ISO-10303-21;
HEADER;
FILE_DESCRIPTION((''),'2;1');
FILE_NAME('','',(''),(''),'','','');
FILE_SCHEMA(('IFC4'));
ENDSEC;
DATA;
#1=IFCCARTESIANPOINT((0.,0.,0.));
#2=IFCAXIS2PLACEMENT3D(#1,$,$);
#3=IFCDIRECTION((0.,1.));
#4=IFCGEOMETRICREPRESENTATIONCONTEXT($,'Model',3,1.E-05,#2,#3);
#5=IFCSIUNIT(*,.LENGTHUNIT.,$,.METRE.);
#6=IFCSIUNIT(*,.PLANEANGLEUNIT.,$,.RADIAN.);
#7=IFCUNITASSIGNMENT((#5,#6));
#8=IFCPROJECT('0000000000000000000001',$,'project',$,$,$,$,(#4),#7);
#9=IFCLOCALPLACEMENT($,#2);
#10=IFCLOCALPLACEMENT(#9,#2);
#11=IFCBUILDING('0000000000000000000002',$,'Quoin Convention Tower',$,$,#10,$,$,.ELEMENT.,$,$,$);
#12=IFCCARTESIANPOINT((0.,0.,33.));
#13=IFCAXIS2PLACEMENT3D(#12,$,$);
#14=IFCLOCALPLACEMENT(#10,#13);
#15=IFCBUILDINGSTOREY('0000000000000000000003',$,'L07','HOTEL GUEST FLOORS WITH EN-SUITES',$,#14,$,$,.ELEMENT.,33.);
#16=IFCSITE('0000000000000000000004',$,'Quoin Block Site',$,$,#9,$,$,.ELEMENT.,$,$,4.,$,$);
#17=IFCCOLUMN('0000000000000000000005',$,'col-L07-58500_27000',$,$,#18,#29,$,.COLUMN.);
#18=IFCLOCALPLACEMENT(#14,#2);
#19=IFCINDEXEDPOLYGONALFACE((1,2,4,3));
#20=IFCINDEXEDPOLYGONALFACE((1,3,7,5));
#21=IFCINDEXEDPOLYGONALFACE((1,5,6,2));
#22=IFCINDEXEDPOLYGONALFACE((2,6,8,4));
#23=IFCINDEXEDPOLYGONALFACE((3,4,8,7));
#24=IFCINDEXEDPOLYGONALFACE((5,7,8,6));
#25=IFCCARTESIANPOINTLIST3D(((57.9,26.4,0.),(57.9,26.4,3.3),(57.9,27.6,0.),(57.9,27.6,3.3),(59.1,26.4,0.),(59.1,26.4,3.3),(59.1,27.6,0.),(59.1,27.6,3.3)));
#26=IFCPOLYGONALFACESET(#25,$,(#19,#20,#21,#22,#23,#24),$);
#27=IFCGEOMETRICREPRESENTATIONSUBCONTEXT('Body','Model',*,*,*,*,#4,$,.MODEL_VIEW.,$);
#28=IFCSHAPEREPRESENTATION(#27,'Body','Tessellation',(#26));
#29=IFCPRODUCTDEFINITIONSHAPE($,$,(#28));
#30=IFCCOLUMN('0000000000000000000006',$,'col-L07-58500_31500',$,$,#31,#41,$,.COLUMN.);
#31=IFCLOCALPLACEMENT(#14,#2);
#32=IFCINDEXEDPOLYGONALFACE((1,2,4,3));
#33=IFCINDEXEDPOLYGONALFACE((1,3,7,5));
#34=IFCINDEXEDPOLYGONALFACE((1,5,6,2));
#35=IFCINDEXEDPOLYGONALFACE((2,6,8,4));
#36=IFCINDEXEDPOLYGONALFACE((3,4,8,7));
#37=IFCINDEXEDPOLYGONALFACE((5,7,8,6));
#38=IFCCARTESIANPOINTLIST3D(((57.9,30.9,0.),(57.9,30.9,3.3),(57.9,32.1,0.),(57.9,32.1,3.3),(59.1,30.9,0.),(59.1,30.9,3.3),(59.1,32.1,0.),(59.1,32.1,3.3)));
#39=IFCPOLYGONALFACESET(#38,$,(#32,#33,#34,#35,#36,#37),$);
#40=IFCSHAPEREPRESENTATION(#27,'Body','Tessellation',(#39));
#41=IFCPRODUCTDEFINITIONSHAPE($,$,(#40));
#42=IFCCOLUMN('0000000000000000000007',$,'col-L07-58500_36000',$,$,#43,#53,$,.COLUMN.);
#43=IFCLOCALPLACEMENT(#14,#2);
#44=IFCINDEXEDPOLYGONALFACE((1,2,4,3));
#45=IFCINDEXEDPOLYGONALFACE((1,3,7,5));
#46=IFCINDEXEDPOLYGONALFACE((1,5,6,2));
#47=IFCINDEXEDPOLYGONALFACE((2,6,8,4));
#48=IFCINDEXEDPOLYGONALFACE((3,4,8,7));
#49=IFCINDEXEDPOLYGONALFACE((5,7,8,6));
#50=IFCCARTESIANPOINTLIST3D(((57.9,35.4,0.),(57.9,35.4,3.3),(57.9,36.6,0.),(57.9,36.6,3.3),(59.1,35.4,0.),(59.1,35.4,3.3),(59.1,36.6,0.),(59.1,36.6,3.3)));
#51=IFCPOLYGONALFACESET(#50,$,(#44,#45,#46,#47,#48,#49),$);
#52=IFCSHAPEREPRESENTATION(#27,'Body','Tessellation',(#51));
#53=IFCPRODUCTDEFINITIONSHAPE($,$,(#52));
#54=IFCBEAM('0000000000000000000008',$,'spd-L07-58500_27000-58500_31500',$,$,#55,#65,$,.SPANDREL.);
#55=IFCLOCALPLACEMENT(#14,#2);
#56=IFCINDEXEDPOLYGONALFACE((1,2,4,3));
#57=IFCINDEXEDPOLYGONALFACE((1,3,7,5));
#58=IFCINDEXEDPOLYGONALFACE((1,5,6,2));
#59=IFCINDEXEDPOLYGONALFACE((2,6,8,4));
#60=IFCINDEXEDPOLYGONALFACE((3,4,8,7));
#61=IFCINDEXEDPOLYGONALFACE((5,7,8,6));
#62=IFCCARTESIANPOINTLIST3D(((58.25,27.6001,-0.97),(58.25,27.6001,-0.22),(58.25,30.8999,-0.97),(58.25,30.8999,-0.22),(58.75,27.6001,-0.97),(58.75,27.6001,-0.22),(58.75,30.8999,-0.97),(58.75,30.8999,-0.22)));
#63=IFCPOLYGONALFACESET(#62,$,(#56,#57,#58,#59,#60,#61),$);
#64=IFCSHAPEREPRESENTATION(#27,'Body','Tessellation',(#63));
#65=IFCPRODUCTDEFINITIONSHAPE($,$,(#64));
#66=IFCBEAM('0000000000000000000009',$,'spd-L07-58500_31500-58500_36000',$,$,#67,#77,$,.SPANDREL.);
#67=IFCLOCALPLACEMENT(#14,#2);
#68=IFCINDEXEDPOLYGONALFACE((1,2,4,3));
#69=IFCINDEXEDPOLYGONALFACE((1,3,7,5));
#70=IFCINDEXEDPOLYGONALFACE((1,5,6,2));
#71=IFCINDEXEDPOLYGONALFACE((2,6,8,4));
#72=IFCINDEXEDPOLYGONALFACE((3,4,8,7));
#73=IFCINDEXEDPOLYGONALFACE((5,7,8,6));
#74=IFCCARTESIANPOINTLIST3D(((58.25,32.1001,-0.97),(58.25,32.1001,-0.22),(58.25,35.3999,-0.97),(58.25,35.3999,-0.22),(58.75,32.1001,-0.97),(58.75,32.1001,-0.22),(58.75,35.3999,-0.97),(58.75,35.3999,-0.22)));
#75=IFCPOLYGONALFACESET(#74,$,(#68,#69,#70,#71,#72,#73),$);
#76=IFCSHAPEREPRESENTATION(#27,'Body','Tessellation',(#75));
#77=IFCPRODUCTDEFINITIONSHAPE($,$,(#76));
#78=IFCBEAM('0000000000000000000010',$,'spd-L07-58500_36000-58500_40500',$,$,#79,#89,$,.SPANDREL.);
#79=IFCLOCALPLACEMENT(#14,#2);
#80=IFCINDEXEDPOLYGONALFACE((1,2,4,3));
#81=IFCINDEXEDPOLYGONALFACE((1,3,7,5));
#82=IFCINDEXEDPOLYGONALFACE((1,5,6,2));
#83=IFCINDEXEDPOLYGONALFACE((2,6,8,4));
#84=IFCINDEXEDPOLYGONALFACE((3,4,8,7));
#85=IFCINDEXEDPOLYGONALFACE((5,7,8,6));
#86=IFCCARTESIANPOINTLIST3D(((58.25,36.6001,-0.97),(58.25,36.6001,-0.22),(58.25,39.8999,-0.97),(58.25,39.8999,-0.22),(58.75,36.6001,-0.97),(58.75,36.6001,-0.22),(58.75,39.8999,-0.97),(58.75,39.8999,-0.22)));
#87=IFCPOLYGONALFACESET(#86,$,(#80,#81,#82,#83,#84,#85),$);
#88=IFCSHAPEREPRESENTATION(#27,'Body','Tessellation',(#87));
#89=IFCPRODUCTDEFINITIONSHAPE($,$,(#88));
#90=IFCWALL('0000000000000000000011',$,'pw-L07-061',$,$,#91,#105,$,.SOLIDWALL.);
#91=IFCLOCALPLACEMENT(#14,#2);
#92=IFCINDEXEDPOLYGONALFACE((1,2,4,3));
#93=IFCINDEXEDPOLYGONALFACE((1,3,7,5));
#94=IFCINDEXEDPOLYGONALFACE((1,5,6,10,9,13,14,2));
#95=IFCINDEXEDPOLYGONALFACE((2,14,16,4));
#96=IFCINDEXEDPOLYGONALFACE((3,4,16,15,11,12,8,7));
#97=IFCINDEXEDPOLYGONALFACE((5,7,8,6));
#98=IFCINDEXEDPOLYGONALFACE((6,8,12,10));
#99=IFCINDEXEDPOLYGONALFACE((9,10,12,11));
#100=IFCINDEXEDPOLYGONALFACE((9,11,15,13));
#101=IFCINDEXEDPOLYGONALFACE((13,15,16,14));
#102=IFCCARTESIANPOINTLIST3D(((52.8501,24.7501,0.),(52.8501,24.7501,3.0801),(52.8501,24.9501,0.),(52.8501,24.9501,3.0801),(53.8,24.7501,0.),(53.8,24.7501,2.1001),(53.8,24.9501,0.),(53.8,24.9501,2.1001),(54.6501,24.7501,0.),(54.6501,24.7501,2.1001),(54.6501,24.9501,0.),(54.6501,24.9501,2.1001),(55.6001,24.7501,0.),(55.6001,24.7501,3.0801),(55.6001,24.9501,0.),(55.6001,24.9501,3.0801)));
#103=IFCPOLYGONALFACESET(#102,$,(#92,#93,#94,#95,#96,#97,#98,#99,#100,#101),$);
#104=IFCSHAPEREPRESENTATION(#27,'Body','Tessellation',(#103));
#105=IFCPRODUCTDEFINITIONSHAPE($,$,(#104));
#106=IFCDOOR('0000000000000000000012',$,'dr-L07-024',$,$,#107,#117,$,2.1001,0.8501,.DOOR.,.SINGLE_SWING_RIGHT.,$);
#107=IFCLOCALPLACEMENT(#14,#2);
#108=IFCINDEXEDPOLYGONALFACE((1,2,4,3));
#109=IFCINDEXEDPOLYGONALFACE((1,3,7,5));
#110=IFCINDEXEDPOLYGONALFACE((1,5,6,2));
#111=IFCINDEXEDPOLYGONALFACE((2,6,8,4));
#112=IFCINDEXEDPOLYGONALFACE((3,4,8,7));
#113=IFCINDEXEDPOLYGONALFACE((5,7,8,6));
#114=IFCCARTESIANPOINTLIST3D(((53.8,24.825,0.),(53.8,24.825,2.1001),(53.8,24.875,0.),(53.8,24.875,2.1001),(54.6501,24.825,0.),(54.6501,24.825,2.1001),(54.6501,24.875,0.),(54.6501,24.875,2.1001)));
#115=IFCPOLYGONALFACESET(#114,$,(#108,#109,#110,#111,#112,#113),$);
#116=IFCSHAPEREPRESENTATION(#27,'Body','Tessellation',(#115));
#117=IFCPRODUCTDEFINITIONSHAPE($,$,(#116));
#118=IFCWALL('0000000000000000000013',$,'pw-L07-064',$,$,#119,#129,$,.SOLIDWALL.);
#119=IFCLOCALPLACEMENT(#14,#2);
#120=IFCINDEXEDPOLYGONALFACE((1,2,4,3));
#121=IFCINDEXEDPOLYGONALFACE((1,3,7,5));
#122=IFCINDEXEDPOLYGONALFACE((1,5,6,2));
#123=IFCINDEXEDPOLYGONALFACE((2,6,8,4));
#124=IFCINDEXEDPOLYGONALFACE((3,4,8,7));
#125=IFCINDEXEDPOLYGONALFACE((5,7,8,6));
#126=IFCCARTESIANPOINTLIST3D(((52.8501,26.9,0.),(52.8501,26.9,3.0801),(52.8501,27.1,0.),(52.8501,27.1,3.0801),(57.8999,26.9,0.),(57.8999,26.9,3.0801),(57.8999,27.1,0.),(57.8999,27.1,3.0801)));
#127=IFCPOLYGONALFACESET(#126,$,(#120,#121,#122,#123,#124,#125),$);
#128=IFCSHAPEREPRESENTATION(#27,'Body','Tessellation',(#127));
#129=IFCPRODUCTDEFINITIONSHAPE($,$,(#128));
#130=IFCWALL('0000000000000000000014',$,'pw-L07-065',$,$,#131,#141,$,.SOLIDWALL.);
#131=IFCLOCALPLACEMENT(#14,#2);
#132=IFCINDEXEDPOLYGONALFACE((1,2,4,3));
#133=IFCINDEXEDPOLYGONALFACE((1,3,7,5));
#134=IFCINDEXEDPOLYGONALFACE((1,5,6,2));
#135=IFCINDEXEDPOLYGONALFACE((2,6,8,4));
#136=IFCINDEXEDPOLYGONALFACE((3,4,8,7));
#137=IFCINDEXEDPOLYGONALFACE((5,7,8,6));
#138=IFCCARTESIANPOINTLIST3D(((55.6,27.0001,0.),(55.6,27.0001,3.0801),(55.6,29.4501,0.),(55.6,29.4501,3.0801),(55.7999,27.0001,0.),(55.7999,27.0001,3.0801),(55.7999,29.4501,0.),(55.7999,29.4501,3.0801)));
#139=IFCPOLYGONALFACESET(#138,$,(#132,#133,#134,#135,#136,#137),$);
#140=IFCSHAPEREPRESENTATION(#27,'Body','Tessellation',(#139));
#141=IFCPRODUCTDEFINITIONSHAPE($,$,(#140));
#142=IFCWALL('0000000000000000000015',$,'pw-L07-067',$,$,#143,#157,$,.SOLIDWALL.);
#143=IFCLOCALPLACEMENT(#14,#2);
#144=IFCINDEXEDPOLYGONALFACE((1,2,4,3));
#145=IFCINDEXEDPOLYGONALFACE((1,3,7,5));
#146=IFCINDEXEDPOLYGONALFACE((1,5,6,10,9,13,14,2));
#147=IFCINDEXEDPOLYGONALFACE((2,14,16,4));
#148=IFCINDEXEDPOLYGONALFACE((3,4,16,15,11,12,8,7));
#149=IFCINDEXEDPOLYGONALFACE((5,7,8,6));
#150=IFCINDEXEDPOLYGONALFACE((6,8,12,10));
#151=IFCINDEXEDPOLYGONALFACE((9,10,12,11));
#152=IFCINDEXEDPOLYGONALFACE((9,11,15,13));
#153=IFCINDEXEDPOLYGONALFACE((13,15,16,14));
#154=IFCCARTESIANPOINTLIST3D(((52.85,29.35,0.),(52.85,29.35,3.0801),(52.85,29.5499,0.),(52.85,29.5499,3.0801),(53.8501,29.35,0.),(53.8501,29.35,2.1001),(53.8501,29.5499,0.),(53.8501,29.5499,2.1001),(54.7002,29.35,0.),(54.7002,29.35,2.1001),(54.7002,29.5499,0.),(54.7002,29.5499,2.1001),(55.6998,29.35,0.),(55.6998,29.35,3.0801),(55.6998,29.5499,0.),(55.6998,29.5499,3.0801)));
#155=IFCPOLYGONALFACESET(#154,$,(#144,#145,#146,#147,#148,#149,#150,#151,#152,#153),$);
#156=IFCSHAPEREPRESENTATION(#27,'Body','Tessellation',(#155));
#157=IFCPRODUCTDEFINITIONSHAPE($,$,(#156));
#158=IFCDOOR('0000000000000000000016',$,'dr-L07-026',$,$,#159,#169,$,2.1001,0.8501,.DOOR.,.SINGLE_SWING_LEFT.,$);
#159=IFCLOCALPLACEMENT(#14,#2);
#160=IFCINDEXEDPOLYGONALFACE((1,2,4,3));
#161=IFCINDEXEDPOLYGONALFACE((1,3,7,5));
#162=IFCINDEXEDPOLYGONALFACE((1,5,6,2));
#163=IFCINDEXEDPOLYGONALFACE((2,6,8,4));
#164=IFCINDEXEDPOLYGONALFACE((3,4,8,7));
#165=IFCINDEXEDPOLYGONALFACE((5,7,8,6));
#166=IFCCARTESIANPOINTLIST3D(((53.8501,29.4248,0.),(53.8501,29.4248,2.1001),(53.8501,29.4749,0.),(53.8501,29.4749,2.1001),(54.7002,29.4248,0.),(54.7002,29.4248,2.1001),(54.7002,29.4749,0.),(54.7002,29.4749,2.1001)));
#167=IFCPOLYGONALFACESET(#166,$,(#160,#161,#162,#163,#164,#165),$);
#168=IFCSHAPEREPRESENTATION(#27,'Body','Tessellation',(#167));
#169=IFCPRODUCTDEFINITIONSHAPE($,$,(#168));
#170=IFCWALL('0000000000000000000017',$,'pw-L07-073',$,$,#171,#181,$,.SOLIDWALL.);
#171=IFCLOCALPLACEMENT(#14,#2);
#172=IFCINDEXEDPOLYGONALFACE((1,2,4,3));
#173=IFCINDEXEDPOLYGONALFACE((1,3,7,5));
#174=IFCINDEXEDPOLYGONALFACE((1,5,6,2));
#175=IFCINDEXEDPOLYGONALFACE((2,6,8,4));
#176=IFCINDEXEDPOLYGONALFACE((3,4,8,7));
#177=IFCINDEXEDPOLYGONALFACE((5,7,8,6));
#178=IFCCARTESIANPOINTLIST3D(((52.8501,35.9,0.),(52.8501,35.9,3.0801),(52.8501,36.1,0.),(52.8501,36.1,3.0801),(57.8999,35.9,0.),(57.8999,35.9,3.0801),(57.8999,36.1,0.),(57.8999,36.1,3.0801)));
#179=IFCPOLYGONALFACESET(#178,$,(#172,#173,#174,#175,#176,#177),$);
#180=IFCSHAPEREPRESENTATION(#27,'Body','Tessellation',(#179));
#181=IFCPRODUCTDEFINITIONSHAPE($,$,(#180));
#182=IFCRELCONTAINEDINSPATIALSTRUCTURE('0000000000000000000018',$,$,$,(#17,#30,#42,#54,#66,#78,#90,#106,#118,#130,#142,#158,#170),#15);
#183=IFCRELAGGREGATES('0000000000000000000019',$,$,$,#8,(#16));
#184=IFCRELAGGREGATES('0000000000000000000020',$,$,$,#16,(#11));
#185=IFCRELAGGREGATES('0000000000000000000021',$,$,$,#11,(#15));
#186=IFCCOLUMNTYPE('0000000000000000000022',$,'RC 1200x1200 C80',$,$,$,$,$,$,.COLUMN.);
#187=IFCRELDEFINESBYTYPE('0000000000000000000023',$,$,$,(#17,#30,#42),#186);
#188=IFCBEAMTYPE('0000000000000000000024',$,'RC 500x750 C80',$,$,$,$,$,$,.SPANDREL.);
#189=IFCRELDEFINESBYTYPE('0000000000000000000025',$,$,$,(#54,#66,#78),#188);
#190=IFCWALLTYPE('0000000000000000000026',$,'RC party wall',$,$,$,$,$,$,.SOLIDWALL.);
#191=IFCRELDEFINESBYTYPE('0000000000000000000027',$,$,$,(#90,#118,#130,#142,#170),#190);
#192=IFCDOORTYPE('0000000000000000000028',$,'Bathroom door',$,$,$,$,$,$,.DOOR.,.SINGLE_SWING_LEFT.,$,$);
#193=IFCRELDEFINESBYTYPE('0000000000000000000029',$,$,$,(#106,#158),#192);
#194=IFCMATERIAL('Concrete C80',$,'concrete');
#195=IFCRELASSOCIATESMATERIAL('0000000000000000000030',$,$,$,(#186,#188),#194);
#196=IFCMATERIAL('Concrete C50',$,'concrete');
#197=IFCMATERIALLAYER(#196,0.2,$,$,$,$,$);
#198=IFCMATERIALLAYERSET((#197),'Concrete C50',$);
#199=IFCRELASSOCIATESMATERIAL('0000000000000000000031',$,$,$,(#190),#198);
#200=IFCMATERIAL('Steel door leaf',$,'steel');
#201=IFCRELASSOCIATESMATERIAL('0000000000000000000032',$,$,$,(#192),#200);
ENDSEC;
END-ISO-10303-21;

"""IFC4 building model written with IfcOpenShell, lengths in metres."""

from ifc_helpers import new_model, si_unit, direction, frame, frame_2d, origin, origin_2d, place, context, subcontext, project, spatial, rectangle, extrude, material, layer, layer_set, material_profile, profile_set, type_object, element, fill, save


model = new_model("IFC4")

# Units and contexts
model_context = context("Model", 3, precision=1e-05, world=origin(), true_north=direction((0.0, 1.0)))
body_context = subcontext(model_context, "Body", "Model", "MODEL_VIEW")
ifc_project = project(units=[si_unit("LENGTHUNIT", "METRE"), si_unit("PLANEANGLEUNIT", "RADIAN")], contexts=[model_context])

# Site, building, storey
site_placement = place(None, origin())
site = spatial("IfcSite", under=ifc_project, at=site_placement, Name="Quoin Block Site", CompositionType="ELEMENT", RefElevation=4.0)
building_placement = place(site_placement, origin())
building = spatial("IfcBuilding", under=site, at=building_placement, Name="Quoin Convention Tower", CompositionType="ELEMENT")
storey_placement = place(building_placement, frame((0.0, 0.0, 33.0)))
storey = spatial("IfcBuildingStorey", under=building, at=storey_placement, Name="L07", Description="HOTEL GUEST FLOORS WITH EN-SUITES", CompositionType="ELEMENT", Elevation=33.0)

# Columns
ifc_material_1 = material(Name="Concrete C80", Category="concrete")
ifc_material_profile_1 = material_profile(ifc_material_1, rectangle(XDim=1.2, YDim=1.2, at=origin_2d()), Name="RC 1200x1200")
ifc_profile_set_1 = profile_set([ifc_material_profile_1], Name="Concrete C80")
column_type = type_object("IfcColumnType", Name="RC 1200x1200 C80", PredefinedType="COLUMN", material=ifc_profile_set_1)
for number, where, z_axis, x_axis, name in (
    (1, (58.5, 27.0, 0.0), (0.0, 0.0, 1.0), (1.0, 0.0, 0.0), "col-L07-58500_27000"),
    (2, (58.5, 31.5, 0.0), (0.0, 0.0, 1.0), (1.0, 0.0, 0.0), "col-L07-58500_31500"),
    (3, (58.5, 36.0, 0.0), (0.0, 0.0, 1.0), (1.0, 0.0, 0.0), "col-L07-58500_36000"),
):
    element("IfcColumn", number, at=place(storey_placement, frame(where, z_axis=z_axis, x_axis=x_axis)), inside=storey, type_object=column_type, Name=name, PredefinedType="COLUMN", context=body_context, shape_type="SweptSolid", body=[
        extrude(rectangle(XDim=1.2, YDim=1.2, at=origin_2d()), origin(), (0.0, 0.0, 1.0), 3.3),
    ])

# Beams
ifc_material_profile_2 = material_profile(ifc_material_1, rectangle(XDim=0.5, YDim=0.75, at=origin_2d()), Name="RC 500x750")
ifc_profile_set_2 = profile_set([ifc_material_profile_2], Name="Concrete C80")
beam_type = type_object("IfcBeamType", Name="RC 500x750 C80", PredefinedType="SPANDREL", material=ifc_profile_set_2)
for number, where, z_axis, x_axis, name in (
    (4, (58.5, 27.6001, -0.595), (0.0, 1.0, 0.0), (-1.0, 0.0, 0.0), "spd-L07-58500_27000-58500_31500"),
    (5, (58.5, 32.1001, -0.595), (0.0, 1.0, 0.0), (-1.0, 0.0, 0.0), "spd-L07-58500_31500-58500_36000"),
    (6, (58.5, 36.6001, -0.595), (0.0, 1.0, 0.0), (-1.0, 0.0, 0.0), "spd-L07-58500_36000-58500_40500"),
):
    element("IfcBeam", number, at=place(storey_placement, frame(where, z_axis=z_axis, x_axis=x_axis)), inside=storey, type_object=beam_type, Name=name, PredefinedType="SPANDREL", context=body_context, shape_type="SweptSolid", body=[
        extrude(rectangle(XDim=0.5, YDim=0.75, at=origin_2d()), origin(), (0.0, 0.0, 1.0), 3.2998),
    ])

# Wall, opening, door
ifc_material_2 = material(Name="Concrete C50", Category="concrete")
ifc_layer_1 = layer(ifc_material_2, 0.2)
ifc_layer_set_1 = layer_set([ifc_layer_1], Name="Concrete C50")
wall_type_1 = type_object("IfcWallType", Name="RC party wall", PredefinedType="SOLIDWALL", material=ifc_layer_set_1)
wall_1_placement = place(storey_placement, frame((52.8501, 24.8501, 0.0), z_axis=(0.0, 0.0, 1.0), x_axis=(1.0, 0.0, 0.0)))
wall_1 = element("IfcWall", 7, at=wall_1_placement, inside=storey, type_object=wall_type_1, Name="pw-L07-061", PredefinedType="SOLIDWALL", context=body_context, shape_type="SweptSolid", body=[
    extrude(rectangle(XDim=2.75, YDim=0.2, at=frame_2d((1.375, 0.0))), origin(), (0.0, 0.0, 1.0), 3.0801),
])
opening_1_placement = place(wall_1_placement, frame((0.95, 0.0, 0.0)))
opening_1 = element("IfcOpeningElement", 8, at=opening_1_placement, cuts=wall_1, PredefinedType="OPENING", context=body_context, shape_type="SweptSolid", body=[
    extrude(rectangle(XDim=0.8501, YDim=2.1001, at=frame_2d((0.425, 1.05))), frame((0.0, 0.1099, 0.0), z_axis=(0.0, -1.0, 0.0), x_axis=(1.0, 0.0, 0.0)), (0.0, 0.0, 1.0), 0.22),
])
ifc_material_3 = material(Name="Steel door leaf", Category="steel")
door_type_1 = type_object("IfcDoorType", Name="Bathroom door", OperationType="SINGLE_SWING_LEFT", PredefinedType="DOOR", material=ifc_material_3)
door_1_placement = place(opening_1_placement, origin())
door_1 = element("IfcDoor", 9, at=door_1_placement, inside=storey, type_object=door_type_1, Name="dr-L07-024", OperationType="SINGLE_SWING_RIGHT", OverallHeight=2.1001, OverallWidth=0.8501, PredefinedType="DOOR", context=body_context, shape_type="SweptSolid", body=[
    extrude(rectangle(XDim=0.8501, YDim=2.1001, at=frame_2d((0.425, 1.05))), frame((0.0, 0.0249, 0.0), z_axis=(0.0, -1.0, 0.0), x_axis=(1.0, 0.0, 0.0)), (0.0, 0.0, 1.0), 0.05),
])
fill(opening_1, door_1)

# Walls
wall_2_placement = place(storey_placement, frame((52.8501, 27.0, 0.0), z_axis=(0.0, 0.0, 1.0), x_axis=(1.0, 0.0, 0.0)))
element("IfcWall", 10, at=wall_2_placement, inside=storey, type_object=wall_type_1, Name="pw-L07-064", PredefinedType="SOLIDWALL", context=body_context, shape_type="SweptSolid", body=[
    extrude(rectangle(XDim=5.0498, YDim=0.2, at=frame_2d((2.5249, 0.0))), origin(), (0.0, 0.0, 1.0), 3.0801),
])
wall_3_placement = place(storey_placement, frame((55.7, 27.0, 0.0), z_axis=(0.0, 0.0, 1.0), x_axis=(0.0, 1.0, 0.0)))
element("IfcWall", 11, at=wall_3_placement, inside=storey, type_object=wall_type_1, Name="pw-L07-065", PredefinedType="SOLIDWALL", context=body_context, shape_type="SweptSolid", body=[
    extrude(rectangle(XDim=2.45, YDim=0.2, at=frame_2d((1.2251, 0.0))), origin(), (0.0, 0.0, 1.0), 3.0801),
])

# Wall, opening, door
wall_4_placement = place(storey_placement, frame((52.8501, 29.45, 0.0), z_axis=(0.0, 0.0, 1.0), x_axis=(1.0, 0.0, 0.0)))
wall_4 = element("IfcWall", 12, at=wall_4_placement, inside=storey, type_object=wall_type_1, Name="pw-L07-067", PredefinedType="SOLIDWALL", context=body_context, shape_type="SweptSolid", body=[
    extrude(rectangle(XDim=2.8499, YDim=0.2, at=frame_2d((1.4248, 0.0))), origin(), (0.0, 0.0, 1.0), 3.0801),
])
opening_2_placement = place(wall_4_placement, frame((1.0, 0.0, 0.0)))
opening_2 = element("IfcOpeningElement", 13, at=opening_2_placement, cuts=wall_4, PredefinedType="OPENING", context=body_context, shape_type="SweptSolid", body=[
    extrude(rectangle(XDim=0.8501, YDim=2.1001, at=frame_2d((0.425, 1.05))), frame((0.0, 0.1099, 0.0), z_axis=(0.0, -1.0, 0.0), x_axis=(1.0, 0.0, 0.0)), (0.0, 0.0, 1.0), 0.22),
])
door_2_placement = place(opening_2_placement, origin())
door_2 = element("IfcDoor", 14, at=door_2_placement, inside=storey, type_object=door_type_1, Name="dr-L07-026", OperationType="SINGLE_SWING_LEFT", OverallHeight=2.1001, OverallWidth=0.8501, PredefinedType="DOOR", context=body_context, shape_type="SweptSolid", body=[
    extrude(rectangle(XDim=0.8501, YDim=2.1001, at=frame_2d((0.425, 1.05))), frame((0.0, 0.0249, 0.0), z_axis=(0.0, -1.0, 0.0), x_axis=(1.0, 0.0, 0.0)), (0.0, 0.0, 1.0), 0.05),
])
fill(opening_2, door_2)

# Wall
wall_5_placement = place(storey_placement, frame((52.8501, 36.0, 0.0), z_axis=(0.0, 0.0, 1.0), x_axis=(1.0, 0.0, 0.0)))
element("IfcWall", 15, at=wall_5_placement, inside=storey, type_object=wall_type_1, Name="pw-L07-073", PredefinedType="SOLIDWALL", context=body_context, shape_type="SweptSolid", body=[
    extrude(rectangle(XDim=5.0498, YDim=0.2, at=frame_2d((2.5249, 0.0))), origin(), (0.0, 0.0, 1.0), 3.0801),
])

save(model, "model.ifc")
